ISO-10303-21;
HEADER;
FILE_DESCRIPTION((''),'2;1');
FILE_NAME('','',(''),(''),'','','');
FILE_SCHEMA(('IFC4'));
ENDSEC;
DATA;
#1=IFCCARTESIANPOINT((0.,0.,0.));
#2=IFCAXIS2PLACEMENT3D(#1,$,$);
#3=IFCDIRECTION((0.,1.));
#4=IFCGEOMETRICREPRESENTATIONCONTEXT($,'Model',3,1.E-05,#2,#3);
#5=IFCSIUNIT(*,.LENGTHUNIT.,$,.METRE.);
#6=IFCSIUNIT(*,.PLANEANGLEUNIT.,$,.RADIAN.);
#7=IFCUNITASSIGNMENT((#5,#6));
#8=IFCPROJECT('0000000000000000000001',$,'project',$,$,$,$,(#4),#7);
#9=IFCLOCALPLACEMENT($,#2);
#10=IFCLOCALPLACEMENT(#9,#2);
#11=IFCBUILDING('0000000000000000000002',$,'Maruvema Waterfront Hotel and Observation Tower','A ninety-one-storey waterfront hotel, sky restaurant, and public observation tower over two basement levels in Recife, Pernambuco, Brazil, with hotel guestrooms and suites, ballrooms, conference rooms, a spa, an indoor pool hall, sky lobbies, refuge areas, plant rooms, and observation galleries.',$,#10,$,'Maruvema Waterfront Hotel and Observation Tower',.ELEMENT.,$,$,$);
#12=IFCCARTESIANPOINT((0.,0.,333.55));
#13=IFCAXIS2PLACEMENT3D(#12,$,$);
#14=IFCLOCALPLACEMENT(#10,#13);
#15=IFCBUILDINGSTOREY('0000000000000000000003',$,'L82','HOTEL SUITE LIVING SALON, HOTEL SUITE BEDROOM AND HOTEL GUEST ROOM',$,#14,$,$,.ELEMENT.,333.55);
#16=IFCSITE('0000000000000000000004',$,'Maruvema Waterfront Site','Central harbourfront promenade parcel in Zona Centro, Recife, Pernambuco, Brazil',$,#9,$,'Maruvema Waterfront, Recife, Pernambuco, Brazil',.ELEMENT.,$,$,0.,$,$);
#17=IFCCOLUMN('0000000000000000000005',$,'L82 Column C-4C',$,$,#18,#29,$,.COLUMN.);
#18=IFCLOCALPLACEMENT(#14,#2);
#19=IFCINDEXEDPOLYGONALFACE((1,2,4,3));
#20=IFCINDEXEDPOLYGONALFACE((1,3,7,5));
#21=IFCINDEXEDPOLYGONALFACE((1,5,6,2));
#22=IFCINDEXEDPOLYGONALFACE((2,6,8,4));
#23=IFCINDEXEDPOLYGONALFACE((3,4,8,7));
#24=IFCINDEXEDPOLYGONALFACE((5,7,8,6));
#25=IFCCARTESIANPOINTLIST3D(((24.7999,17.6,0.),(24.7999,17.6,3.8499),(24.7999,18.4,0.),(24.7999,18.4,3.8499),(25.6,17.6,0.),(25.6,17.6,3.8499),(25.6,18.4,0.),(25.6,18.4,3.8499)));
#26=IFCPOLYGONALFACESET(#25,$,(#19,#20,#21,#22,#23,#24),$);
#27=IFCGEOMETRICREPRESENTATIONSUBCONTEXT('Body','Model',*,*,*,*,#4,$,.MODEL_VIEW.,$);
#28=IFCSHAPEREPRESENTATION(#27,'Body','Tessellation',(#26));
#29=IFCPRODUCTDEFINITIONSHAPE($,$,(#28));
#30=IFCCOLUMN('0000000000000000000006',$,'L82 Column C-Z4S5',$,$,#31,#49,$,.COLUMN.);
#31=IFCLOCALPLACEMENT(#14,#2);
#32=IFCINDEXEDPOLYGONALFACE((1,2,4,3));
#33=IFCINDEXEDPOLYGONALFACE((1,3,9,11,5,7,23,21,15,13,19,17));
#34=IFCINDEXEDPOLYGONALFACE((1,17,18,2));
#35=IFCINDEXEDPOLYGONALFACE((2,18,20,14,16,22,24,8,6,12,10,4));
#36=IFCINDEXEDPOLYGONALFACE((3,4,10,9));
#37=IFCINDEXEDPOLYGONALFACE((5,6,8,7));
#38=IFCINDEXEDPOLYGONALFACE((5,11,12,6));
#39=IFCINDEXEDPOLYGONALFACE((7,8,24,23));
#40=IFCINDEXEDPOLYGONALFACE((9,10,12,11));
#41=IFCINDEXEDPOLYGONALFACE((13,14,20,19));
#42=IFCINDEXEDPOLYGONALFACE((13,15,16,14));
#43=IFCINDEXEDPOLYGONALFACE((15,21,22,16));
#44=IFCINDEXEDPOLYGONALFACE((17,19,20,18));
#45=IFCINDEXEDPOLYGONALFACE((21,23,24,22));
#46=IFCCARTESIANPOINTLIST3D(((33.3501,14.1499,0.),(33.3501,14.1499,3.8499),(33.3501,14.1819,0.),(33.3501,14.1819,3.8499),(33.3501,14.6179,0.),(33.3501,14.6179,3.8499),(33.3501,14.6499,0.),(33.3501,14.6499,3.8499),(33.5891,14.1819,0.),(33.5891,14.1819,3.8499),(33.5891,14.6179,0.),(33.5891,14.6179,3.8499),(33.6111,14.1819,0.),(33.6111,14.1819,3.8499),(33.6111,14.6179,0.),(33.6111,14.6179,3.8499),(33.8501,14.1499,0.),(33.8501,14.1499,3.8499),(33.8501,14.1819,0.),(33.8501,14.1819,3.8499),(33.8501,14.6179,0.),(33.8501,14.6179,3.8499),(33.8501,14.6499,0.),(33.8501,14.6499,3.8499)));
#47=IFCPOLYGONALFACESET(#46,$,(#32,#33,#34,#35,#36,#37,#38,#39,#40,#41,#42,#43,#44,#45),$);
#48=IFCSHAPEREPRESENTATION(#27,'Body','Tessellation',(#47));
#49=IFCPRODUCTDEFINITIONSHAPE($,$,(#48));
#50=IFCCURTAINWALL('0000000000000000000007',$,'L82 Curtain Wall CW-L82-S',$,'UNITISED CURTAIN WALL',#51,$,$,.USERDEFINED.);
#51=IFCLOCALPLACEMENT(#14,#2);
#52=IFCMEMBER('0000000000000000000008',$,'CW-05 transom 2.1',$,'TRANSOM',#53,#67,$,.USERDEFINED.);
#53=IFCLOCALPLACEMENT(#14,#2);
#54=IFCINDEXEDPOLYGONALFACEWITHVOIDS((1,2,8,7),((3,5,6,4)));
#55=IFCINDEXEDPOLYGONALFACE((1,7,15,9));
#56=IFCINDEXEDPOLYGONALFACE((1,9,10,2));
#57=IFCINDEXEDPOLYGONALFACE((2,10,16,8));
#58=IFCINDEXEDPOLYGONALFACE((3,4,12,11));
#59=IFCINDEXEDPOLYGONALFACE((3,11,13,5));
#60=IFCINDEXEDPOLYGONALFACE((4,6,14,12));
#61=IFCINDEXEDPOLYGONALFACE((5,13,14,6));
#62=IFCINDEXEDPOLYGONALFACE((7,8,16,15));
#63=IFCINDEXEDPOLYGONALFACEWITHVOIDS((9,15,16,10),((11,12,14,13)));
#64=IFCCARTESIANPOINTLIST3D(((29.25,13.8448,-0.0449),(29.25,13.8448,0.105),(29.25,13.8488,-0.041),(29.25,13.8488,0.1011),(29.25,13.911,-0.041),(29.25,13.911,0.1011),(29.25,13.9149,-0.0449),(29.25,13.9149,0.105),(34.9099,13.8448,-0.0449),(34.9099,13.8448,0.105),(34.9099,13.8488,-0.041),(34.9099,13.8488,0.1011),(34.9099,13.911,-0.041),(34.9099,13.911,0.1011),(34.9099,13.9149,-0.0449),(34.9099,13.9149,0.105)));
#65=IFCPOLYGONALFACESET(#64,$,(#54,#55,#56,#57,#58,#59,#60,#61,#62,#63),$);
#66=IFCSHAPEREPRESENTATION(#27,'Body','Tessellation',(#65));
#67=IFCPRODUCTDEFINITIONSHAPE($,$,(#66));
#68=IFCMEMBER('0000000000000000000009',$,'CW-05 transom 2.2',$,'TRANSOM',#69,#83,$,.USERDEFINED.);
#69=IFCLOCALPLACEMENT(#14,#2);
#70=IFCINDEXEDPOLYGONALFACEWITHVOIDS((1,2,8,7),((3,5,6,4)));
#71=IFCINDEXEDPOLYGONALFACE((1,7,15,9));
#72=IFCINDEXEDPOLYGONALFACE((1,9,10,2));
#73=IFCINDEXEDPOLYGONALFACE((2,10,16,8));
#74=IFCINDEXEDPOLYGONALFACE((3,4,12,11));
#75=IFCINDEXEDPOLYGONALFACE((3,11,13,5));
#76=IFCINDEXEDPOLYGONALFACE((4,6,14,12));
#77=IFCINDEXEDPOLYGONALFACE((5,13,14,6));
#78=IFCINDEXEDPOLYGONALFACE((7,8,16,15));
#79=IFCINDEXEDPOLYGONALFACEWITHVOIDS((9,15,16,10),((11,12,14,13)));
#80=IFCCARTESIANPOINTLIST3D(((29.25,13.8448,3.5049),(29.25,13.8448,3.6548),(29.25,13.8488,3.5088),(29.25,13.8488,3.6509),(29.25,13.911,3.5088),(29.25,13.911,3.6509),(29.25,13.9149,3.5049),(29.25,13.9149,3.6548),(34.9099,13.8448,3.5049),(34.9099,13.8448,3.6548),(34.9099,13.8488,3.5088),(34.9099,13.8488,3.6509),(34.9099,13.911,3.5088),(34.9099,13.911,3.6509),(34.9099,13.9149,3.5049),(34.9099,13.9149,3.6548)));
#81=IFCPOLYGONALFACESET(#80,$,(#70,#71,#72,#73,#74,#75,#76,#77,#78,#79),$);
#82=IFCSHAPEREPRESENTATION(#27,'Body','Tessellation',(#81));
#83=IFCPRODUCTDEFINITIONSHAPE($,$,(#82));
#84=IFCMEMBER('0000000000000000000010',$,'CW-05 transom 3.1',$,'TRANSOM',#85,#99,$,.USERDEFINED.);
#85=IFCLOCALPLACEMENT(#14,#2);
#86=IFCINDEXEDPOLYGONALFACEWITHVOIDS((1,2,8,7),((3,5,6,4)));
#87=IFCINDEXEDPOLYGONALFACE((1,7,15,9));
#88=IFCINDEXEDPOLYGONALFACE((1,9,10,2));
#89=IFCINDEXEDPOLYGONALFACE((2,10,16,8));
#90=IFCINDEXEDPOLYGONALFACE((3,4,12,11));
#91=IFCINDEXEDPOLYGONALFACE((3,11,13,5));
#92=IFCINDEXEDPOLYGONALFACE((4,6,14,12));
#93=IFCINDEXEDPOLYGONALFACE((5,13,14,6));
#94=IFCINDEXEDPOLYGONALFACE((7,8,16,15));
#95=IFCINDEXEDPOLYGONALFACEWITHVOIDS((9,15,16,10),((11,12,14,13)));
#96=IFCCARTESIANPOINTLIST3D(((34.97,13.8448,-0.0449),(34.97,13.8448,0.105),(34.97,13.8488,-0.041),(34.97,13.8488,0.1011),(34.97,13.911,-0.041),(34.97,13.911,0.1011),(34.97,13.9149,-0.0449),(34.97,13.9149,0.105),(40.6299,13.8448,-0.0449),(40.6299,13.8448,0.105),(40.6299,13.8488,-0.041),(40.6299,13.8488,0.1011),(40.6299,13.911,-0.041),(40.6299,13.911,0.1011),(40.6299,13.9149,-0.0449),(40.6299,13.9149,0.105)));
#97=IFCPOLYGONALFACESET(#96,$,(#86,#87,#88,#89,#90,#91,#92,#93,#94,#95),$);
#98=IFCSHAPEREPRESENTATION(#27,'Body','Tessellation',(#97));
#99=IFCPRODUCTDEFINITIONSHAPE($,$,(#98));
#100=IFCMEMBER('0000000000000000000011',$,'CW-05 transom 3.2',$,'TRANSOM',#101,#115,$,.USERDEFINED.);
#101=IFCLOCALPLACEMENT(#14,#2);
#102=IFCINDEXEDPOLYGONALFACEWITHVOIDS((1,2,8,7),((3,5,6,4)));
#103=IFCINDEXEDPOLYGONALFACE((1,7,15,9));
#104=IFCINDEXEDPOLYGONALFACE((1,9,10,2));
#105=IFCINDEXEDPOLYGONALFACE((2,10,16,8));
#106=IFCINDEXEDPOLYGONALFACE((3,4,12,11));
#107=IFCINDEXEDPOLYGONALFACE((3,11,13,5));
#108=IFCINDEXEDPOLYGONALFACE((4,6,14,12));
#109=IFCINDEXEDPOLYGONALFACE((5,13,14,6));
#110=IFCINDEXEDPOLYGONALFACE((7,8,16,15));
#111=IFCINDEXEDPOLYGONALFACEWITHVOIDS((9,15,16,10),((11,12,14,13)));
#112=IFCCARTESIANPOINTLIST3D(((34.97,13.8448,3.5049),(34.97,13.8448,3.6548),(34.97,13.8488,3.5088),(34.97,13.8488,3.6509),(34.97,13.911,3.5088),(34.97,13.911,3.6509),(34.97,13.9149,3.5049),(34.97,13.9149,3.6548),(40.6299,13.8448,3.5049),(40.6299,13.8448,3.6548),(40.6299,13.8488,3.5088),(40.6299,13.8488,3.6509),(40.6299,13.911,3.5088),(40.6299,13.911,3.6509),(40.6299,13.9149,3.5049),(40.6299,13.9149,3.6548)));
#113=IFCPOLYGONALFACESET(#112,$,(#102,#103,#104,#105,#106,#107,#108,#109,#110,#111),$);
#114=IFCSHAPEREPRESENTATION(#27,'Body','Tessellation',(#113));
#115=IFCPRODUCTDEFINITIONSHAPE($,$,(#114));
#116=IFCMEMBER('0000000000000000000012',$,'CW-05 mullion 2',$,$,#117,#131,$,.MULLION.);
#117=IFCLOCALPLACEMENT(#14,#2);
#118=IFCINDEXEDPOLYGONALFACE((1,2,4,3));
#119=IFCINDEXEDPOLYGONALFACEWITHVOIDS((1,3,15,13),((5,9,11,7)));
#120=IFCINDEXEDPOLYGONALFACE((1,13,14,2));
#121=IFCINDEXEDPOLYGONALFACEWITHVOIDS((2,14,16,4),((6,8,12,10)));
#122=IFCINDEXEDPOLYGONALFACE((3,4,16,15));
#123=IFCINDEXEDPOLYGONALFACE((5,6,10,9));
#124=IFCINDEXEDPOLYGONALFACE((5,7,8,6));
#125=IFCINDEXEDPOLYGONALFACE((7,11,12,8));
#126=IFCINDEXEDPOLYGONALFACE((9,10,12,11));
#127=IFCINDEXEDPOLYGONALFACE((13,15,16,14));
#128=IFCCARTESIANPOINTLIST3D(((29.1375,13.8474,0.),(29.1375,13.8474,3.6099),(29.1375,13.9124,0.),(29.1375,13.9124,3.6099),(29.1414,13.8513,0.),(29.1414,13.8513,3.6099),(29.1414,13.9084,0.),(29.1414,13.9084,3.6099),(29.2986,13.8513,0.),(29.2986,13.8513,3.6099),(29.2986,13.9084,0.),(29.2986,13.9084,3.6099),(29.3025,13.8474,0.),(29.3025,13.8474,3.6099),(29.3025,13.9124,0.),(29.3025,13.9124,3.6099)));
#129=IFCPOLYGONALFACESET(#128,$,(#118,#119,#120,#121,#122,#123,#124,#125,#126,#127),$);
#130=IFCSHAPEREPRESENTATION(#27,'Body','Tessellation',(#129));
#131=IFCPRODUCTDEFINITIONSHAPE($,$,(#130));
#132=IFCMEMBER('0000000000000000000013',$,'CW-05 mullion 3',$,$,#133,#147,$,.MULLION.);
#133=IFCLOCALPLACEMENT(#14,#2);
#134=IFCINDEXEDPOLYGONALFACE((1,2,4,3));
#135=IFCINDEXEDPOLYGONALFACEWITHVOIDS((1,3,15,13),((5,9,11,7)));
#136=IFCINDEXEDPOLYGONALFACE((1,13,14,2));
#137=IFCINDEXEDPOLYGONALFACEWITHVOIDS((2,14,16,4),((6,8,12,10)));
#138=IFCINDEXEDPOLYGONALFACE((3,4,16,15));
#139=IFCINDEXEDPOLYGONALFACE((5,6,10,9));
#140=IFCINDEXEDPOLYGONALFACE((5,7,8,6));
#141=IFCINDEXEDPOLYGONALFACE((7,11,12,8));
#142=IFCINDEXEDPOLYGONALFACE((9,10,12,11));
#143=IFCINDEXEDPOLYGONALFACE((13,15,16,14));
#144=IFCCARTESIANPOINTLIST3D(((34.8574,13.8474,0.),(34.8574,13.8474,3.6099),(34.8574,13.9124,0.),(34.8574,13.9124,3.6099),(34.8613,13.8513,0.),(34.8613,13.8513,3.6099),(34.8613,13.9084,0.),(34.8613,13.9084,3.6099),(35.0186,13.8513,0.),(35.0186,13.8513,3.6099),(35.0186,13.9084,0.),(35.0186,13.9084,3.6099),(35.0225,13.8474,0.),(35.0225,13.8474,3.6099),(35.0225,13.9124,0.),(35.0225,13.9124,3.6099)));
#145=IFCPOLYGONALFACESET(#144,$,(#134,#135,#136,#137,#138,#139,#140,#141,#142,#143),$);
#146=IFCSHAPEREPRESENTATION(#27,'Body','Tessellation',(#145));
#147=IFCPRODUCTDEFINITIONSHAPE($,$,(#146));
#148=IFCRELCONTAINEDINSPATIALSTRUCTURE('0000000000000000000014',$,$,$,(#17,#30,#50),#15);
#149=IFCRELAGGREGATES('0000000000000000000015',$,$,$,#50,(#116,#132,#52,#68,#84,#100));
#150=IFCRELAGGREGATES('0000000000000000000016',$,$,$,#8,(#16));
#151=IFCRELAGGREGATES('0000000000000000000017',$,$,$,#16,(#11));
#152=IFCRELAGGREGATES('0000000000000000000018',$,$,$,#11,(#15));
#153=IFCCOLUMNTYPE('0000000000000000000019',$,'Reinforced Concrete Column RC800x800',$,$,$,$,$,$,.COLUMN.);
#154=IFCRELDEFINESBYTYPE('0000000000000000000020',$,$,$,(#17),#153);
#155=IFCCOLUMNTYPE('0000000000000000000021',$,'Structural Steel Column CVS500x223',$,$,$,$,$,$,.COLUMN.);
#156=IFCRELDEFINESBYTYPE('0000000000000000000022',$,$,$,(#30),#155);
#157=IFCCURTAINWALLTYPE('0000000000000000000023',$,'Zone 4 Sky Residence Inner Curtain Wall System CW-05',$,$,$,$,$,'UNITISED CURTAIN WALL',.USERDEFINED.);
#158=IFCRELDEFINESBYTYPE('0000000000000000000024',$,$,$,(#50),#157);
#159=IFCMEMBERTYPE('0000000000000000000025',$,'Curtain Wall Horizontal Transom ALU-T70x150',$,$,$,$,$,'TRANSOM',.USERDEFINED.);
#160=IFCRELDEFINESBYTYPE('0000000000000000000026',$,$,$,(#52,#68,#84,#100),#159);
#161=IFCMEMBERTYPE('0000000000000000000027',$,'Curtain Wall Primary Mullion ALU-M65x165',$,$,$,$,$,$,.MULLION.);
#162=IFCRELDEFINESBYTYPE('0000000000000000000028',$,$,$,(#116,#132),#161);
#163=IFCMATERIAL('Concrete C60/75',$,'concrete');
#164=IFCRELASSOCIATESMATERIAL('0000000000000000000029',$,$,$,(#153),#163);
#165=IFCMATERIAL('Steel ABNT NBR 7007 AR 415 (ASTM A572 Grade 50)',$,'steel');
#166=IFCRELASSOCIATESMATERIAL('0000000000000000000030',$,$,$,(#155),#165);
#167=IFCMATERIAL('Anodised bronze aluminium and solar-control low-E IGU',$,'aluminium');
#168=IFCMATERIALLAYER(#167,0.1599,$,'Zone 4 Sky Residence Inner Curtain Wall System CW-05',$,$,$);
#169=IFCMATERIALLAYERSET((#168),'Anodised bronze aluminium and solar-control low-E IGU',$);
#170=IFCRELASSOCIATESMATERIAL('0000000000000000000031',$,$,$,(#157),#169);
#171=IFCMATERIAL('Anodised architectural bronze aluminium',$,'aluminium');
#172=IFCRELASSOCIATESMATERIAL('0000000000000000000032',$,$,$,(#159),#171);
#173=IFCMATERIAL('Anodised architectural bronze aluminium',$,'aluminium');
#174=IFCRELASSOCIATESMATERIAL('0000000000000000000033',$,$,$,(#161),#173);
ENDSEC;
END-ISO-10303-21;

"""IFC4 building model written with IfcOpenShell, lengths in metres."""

from ifc_helpers import new_model, si_unit, direction, frame, origin, origin_2d, place, context, subcontext, project, spatial, rectangle, hollow_rectangle, i_section, extrude, material, layer, layer_set, material_profile, profile_set, type_object, element, aggregate, save


model = new_model("IFC4")

# Units and contexts
model_context = context("Model", 3, precision=1e-05, world=origin(), true_north=direction((0.0, 1.0)))
body_context = subcontext(model_context, "Body", "Model", "MODEL_VIEW")
ifc_project = project(units=[si_unit("LENGTHUNIT", "METRE"), si_unit("PLANEANGLEUNIT", "RADIAN")], contexts=[model_context])

# Site, building, storey
site_placement = place(None, origin())
site = spatial("IfcSite", under=ifc_project, at=site_placement, Name="Maruvema Waterfront Site", Description="Central harbourfront promenade parcel in Zona Centro, Recife, Pernambuco, Brazil", LongName="Maruvema Waterfront, Recife, Pernambuco, Brazil", CompositionType="ELEMENT", RefElevation=0.0)
building_placement = place(site_placement, origin())
building = spatial("IfcBuilding", under=site, at=building_placement, Name="Maruvema Waterfront Hotel and Observation Tower", Description="A ninety-one-storey waterfront hotel, sky restaurant, and public observation tower over two basement levels in Recife, Pernambuco, Brazil, with hotel guestrooms and suites, ballrooms, conference rooms, a spa, an indoor pool hall, sky lobbies, refuge areas, plant rooms, and observation galleries.", LongName="Maruvema Waterfront Hotel and Observation Tower", CompositionType="ELEMENT")
storey_placement = place(building_placement, frame((0.0, 0.0, 333.55)))
storey = spatial("IfcBuildingStorey", under=building, at=storey_placement, Name="L82", Description="HOTEL SUITE LIVING SALON, HOTEL SUITE BEDROOM AND HOTEL GUEST ROOM", CompositionType="ELEMENT", Elevation=333.55)

# Columns
ifc_material_1 = material(Name="Concrete C60/75", Category="concrete")
ifc_material_profile_1 = material_profile(ifc_material_1, rectangle(XDim=0.8, YDim=0.8, at=origin_2d()), Name="RC800x800")
ifc_profile_set_1 = profile_set([ifc_material_profile_1], Name="Concrete C60/75")
column_type_1 = type_object("IfcColumnType", Name="Reinforced Concrete Column RC800x800", PredefinedType="COLUMN", material=ifc_profile_set_1)
column_1_placement = place(storey_placement, frame((25.2, 18.0, 0.0), z_axis=(0.0, 0.0, 1.0), x_axis=(1.0, 0.0, 0.0)))
element("IfcColumn", 1, at=column_1_placement, inside=storey, type_object=column_type_1, Name="L82 Column C-4C", PredefinedType="COLUMN", context=body_context, shape_type="SweptSolid", body=[
    extrude(rectangle(XDim=0.8, YDim=0.8, at=origin_2d()), origin(), (0.0, 0.0, 1.0), 3.8499),
])
ifc_material_2 = material(Name="Steel ABNT NBR 7007 AR 415 (ASTM A572 Grade 50)", Category="steel")
ifc_material_profile_2 = material_profile(ifc_material_2, i_section(OverallWidth=0.5, OverallDepth=0.5, WebThickness=0.022, FlangeThickness=0.032, at=origin_2d()), Name="CVS500x223")
ifc_profile_set_2 = profile_set([ifc_material_profile_2], Name="Steel ABNT NBR 7007 AR 415 (ASTM A572 Grade 50)")
column_type_2 = type_object("IfcColumnType", Name="Structural Steel Column CVS500x223", PredefinedType="COLUMN", material=ifc_profile_set_2)
column_2_placement = place(storey_placement, frame((33.6001, 14.3999, 0.0), z_axis=(0.0, 0.0, 1.0), x_axis=(1.0, 0.0, 0.0)))
element("IfcColumn", 2, at=column_2_placement, inside=storey, type_object=column_type_2, Name="L82 Column C-Z4S5", PredefinedType="COLUMN", context=body_context, shape_type="SweptSolid", body=[
    extrude(i_section(OverallWidth=0.5, OverallDepth=0.5, WebThickness=0.022, FlangeThickness=0.032, at=origin_2d()), origin(), (0.0, 0.0, 1.0), 3.8499),
])

# Curtain wall, members
ifc_material_3 = material(Name="Anodised bronze aluminium and solar-control low-E IGU", Category="aluminium")
ifc_layer_1 = layer(ifc_material_3, 0.1599, Name="Zone 4 Sky Residence Inner Curtain Wall System CW-05")
ifc_layer_set_1 = layer_set([ifc_layer_1], Name="Anodised bronze aluminium and solar-control low-E IGU")
curtain_wall_type = type_object("IfcCurtainWallType", Name="Zone 4 Sky Residence Inner Curtain Wall System CW-05", ElementType="UNITISED CURTAIN WALL", PredefinedType="USERDEFINED", material=ifc_layer_set_1)
curtain_wall_placement = place(storey_placement, origin())
curtain_wall = element("IfcCurtainWall", 3, at=curtain_wall_placement, inside=storey, type_object=curtain_wall_type, Name="L82 Curtain Wall CW-L82-S", ObjectType="UNITISED CURTAIN WALL", PredefinedType="USERDEFINED")
ifc_material_4 = material(Name="Anodised architectural bronze aluminium", Category="aluminium")
ifc_material_profile_3 = material_profile(ifc_material_4, hollow_rectangle(XDim=0.0701, YDim=0.1499, WallThickness=0.0039, at=origin_2d()), Name="ALU-T70x150")
ifc_profile_set_3 = profile_set([ifc_material_profile_3], Name="Anodised architectural bronze aluminium")
member_type_1 = type_object("IfcMemberType", Name="Curtain Wall Horizontal Transom ALU-T70x150", ElementType="TRANSOM", PredefinedType="USERDEFINED", material=ifc_profile_set_3)
member_1_placement = place(storey_placement, frame((29.25, 13.8799, 0.03), z_axis=(1.0, 0.0, 0.0), x_axis=(0.0, 1.0, 0.0)))
member_1 = element("IfcMember", 4, at=member_1_placement, type_object=member_type_1, Name="CW-05 transom 2.1", ObjectType="TRANSOM", PredefinedType="USERDEFINED", context=body_context, shape_type="SweptSolid", body=[
    extrude(hollow_rectangle(XDim=0.0701, YDim=0.1499, WallThickness=0.0039, at=origin_2d()), origin(), (0.0, 0.0, 1.0), 5.6599),
])
member_2_placement = place(storey_placement, frame((29.25, 13.8799, 3.5798), z_axis=(1.0, 0.0, 0.0), x_axis=(0.0, 1.0, 0.0)))
member_2 = element("IfcMember", 5, at=member_2_placement, type_object=member_type_1, Name="CW-05 transom 2.2", ObjectType="TRANSOM", PredefinedType="USERDEFINED", context=body_context, shape_type="SweptSolid", body=[
    extrude(hollow_rectangle(XDim=0.0701, YDim=0.1499, WallThickness=0.0039, at=origin_2d()), origin(), (0.0, 0.0, 1.0), 5.6599),
])
member_3_placement = place(storey_placement, frame((34.97, 13.8799, 0.03), z_axis=(1.0, 0.0, 0.0), x_axis=(0.0, 1.0, 0.0)))
member_3 = element("IfcMember", 6, at=member_3_placement, type_object=member_type_1, Name="CW-05 transom 3.1", ObjectType="TRANSOM", PredefinedType="USERDEFINED", context=body_context, shape_type="SweptSolid", body=[
    extrude(hollow_rectangle(XDim=0.0701, YDim=0.1499, WallThickness=0.0039, at=origin_2d()), origin(), (0.0, 0.0, 1.0), 5.6599),
])
member_4_placement = place(storey_placement, frame((34.97, 13.8799, 3.5798), z_axis=(1.0, 0.0, 0.0), x_axis=(0.0, 1.0, 0.0)))
member_4 = element("IfcMember", 7, at=member_4_placement, type_object=member_type_1, Name="CW-05 transom 3.2", ObjectType="TRANSOM", PredefinedType="USERDEFINED", context=body_context, shape_type="SweptSolid", body=[
    extrude(hollow_rectangle(XDim=0.0701, YDim=0.1499, WallThickness=0.0039, at=origin_2d()), origin(), (0.0, 0.0, 1.0), 5.6599),
])
ifc_material_5 = material(Name="Anodised architectural bronze aluminium", Category="aluminium")
ifc_material_profile_4 = material_profile(ifc_material_5, hollow_rectangle(XDim=0.0649, YDim=0.165, WallThickness=0.0039, at=origin_2d()), Name="ALU-M65x165")
ifc_profile_set_4 = profile_set([ifc_material_profile_4], Name="Anodised architectural bronze aluminium")
member_type_2 = type_object("IfcMemberType", Name="Curtain Wall Primary Mullion ALU-M65x165", PredefinedType="MULLION", material=ifc_profile_set_4)
member_5_placement = place(storey_placement, frame((29.22, 13.8799, 0.0), z_axis=(0.0, 0.0, 1.0), x_axis=(0.0, 1.0, 0.0)))
member_5 = element("IfcMember", 8, at=member_5_placement, type_object=member_type_2, Name="CW-05 mullion 2", PredefinedType="MULLION", context=body_context, shape_type="SweptSolid", body=[
    extrude(hollow_rectangle(XDim=0.0649, YDim=0.165, WallThickness=0.0039, at=origin_2d()), origin(), (0.0, 0.0, 1.0), 3.6099),
])
member_6_placement = place(storey_placement, frame((34.9399, 13.8799, 0.0), z_axis=(0.0, 0.0, 1.0), x_axis=(0.0, 1.0, 0.0)))
member_6 = element("IfcMember", 9, at=member_6_placement, type_object=member_type_2, Name="CW-05 mullion 3", PredefinedType="MULLION", context=body_context, shape_type="SweptSolid", body=[
    extrude(hollow_rectangle(XDim=0.0649, YDim=0.165, WallThickness=0.0039, at=origin_2d()), origin(), (0.0, 0.0, 1.0), 3.6099),
])

aggregate(curtain_wall, [member_5, member_6, member_1, member_2, member_3, member_4])

save(model, "model.ifc")
